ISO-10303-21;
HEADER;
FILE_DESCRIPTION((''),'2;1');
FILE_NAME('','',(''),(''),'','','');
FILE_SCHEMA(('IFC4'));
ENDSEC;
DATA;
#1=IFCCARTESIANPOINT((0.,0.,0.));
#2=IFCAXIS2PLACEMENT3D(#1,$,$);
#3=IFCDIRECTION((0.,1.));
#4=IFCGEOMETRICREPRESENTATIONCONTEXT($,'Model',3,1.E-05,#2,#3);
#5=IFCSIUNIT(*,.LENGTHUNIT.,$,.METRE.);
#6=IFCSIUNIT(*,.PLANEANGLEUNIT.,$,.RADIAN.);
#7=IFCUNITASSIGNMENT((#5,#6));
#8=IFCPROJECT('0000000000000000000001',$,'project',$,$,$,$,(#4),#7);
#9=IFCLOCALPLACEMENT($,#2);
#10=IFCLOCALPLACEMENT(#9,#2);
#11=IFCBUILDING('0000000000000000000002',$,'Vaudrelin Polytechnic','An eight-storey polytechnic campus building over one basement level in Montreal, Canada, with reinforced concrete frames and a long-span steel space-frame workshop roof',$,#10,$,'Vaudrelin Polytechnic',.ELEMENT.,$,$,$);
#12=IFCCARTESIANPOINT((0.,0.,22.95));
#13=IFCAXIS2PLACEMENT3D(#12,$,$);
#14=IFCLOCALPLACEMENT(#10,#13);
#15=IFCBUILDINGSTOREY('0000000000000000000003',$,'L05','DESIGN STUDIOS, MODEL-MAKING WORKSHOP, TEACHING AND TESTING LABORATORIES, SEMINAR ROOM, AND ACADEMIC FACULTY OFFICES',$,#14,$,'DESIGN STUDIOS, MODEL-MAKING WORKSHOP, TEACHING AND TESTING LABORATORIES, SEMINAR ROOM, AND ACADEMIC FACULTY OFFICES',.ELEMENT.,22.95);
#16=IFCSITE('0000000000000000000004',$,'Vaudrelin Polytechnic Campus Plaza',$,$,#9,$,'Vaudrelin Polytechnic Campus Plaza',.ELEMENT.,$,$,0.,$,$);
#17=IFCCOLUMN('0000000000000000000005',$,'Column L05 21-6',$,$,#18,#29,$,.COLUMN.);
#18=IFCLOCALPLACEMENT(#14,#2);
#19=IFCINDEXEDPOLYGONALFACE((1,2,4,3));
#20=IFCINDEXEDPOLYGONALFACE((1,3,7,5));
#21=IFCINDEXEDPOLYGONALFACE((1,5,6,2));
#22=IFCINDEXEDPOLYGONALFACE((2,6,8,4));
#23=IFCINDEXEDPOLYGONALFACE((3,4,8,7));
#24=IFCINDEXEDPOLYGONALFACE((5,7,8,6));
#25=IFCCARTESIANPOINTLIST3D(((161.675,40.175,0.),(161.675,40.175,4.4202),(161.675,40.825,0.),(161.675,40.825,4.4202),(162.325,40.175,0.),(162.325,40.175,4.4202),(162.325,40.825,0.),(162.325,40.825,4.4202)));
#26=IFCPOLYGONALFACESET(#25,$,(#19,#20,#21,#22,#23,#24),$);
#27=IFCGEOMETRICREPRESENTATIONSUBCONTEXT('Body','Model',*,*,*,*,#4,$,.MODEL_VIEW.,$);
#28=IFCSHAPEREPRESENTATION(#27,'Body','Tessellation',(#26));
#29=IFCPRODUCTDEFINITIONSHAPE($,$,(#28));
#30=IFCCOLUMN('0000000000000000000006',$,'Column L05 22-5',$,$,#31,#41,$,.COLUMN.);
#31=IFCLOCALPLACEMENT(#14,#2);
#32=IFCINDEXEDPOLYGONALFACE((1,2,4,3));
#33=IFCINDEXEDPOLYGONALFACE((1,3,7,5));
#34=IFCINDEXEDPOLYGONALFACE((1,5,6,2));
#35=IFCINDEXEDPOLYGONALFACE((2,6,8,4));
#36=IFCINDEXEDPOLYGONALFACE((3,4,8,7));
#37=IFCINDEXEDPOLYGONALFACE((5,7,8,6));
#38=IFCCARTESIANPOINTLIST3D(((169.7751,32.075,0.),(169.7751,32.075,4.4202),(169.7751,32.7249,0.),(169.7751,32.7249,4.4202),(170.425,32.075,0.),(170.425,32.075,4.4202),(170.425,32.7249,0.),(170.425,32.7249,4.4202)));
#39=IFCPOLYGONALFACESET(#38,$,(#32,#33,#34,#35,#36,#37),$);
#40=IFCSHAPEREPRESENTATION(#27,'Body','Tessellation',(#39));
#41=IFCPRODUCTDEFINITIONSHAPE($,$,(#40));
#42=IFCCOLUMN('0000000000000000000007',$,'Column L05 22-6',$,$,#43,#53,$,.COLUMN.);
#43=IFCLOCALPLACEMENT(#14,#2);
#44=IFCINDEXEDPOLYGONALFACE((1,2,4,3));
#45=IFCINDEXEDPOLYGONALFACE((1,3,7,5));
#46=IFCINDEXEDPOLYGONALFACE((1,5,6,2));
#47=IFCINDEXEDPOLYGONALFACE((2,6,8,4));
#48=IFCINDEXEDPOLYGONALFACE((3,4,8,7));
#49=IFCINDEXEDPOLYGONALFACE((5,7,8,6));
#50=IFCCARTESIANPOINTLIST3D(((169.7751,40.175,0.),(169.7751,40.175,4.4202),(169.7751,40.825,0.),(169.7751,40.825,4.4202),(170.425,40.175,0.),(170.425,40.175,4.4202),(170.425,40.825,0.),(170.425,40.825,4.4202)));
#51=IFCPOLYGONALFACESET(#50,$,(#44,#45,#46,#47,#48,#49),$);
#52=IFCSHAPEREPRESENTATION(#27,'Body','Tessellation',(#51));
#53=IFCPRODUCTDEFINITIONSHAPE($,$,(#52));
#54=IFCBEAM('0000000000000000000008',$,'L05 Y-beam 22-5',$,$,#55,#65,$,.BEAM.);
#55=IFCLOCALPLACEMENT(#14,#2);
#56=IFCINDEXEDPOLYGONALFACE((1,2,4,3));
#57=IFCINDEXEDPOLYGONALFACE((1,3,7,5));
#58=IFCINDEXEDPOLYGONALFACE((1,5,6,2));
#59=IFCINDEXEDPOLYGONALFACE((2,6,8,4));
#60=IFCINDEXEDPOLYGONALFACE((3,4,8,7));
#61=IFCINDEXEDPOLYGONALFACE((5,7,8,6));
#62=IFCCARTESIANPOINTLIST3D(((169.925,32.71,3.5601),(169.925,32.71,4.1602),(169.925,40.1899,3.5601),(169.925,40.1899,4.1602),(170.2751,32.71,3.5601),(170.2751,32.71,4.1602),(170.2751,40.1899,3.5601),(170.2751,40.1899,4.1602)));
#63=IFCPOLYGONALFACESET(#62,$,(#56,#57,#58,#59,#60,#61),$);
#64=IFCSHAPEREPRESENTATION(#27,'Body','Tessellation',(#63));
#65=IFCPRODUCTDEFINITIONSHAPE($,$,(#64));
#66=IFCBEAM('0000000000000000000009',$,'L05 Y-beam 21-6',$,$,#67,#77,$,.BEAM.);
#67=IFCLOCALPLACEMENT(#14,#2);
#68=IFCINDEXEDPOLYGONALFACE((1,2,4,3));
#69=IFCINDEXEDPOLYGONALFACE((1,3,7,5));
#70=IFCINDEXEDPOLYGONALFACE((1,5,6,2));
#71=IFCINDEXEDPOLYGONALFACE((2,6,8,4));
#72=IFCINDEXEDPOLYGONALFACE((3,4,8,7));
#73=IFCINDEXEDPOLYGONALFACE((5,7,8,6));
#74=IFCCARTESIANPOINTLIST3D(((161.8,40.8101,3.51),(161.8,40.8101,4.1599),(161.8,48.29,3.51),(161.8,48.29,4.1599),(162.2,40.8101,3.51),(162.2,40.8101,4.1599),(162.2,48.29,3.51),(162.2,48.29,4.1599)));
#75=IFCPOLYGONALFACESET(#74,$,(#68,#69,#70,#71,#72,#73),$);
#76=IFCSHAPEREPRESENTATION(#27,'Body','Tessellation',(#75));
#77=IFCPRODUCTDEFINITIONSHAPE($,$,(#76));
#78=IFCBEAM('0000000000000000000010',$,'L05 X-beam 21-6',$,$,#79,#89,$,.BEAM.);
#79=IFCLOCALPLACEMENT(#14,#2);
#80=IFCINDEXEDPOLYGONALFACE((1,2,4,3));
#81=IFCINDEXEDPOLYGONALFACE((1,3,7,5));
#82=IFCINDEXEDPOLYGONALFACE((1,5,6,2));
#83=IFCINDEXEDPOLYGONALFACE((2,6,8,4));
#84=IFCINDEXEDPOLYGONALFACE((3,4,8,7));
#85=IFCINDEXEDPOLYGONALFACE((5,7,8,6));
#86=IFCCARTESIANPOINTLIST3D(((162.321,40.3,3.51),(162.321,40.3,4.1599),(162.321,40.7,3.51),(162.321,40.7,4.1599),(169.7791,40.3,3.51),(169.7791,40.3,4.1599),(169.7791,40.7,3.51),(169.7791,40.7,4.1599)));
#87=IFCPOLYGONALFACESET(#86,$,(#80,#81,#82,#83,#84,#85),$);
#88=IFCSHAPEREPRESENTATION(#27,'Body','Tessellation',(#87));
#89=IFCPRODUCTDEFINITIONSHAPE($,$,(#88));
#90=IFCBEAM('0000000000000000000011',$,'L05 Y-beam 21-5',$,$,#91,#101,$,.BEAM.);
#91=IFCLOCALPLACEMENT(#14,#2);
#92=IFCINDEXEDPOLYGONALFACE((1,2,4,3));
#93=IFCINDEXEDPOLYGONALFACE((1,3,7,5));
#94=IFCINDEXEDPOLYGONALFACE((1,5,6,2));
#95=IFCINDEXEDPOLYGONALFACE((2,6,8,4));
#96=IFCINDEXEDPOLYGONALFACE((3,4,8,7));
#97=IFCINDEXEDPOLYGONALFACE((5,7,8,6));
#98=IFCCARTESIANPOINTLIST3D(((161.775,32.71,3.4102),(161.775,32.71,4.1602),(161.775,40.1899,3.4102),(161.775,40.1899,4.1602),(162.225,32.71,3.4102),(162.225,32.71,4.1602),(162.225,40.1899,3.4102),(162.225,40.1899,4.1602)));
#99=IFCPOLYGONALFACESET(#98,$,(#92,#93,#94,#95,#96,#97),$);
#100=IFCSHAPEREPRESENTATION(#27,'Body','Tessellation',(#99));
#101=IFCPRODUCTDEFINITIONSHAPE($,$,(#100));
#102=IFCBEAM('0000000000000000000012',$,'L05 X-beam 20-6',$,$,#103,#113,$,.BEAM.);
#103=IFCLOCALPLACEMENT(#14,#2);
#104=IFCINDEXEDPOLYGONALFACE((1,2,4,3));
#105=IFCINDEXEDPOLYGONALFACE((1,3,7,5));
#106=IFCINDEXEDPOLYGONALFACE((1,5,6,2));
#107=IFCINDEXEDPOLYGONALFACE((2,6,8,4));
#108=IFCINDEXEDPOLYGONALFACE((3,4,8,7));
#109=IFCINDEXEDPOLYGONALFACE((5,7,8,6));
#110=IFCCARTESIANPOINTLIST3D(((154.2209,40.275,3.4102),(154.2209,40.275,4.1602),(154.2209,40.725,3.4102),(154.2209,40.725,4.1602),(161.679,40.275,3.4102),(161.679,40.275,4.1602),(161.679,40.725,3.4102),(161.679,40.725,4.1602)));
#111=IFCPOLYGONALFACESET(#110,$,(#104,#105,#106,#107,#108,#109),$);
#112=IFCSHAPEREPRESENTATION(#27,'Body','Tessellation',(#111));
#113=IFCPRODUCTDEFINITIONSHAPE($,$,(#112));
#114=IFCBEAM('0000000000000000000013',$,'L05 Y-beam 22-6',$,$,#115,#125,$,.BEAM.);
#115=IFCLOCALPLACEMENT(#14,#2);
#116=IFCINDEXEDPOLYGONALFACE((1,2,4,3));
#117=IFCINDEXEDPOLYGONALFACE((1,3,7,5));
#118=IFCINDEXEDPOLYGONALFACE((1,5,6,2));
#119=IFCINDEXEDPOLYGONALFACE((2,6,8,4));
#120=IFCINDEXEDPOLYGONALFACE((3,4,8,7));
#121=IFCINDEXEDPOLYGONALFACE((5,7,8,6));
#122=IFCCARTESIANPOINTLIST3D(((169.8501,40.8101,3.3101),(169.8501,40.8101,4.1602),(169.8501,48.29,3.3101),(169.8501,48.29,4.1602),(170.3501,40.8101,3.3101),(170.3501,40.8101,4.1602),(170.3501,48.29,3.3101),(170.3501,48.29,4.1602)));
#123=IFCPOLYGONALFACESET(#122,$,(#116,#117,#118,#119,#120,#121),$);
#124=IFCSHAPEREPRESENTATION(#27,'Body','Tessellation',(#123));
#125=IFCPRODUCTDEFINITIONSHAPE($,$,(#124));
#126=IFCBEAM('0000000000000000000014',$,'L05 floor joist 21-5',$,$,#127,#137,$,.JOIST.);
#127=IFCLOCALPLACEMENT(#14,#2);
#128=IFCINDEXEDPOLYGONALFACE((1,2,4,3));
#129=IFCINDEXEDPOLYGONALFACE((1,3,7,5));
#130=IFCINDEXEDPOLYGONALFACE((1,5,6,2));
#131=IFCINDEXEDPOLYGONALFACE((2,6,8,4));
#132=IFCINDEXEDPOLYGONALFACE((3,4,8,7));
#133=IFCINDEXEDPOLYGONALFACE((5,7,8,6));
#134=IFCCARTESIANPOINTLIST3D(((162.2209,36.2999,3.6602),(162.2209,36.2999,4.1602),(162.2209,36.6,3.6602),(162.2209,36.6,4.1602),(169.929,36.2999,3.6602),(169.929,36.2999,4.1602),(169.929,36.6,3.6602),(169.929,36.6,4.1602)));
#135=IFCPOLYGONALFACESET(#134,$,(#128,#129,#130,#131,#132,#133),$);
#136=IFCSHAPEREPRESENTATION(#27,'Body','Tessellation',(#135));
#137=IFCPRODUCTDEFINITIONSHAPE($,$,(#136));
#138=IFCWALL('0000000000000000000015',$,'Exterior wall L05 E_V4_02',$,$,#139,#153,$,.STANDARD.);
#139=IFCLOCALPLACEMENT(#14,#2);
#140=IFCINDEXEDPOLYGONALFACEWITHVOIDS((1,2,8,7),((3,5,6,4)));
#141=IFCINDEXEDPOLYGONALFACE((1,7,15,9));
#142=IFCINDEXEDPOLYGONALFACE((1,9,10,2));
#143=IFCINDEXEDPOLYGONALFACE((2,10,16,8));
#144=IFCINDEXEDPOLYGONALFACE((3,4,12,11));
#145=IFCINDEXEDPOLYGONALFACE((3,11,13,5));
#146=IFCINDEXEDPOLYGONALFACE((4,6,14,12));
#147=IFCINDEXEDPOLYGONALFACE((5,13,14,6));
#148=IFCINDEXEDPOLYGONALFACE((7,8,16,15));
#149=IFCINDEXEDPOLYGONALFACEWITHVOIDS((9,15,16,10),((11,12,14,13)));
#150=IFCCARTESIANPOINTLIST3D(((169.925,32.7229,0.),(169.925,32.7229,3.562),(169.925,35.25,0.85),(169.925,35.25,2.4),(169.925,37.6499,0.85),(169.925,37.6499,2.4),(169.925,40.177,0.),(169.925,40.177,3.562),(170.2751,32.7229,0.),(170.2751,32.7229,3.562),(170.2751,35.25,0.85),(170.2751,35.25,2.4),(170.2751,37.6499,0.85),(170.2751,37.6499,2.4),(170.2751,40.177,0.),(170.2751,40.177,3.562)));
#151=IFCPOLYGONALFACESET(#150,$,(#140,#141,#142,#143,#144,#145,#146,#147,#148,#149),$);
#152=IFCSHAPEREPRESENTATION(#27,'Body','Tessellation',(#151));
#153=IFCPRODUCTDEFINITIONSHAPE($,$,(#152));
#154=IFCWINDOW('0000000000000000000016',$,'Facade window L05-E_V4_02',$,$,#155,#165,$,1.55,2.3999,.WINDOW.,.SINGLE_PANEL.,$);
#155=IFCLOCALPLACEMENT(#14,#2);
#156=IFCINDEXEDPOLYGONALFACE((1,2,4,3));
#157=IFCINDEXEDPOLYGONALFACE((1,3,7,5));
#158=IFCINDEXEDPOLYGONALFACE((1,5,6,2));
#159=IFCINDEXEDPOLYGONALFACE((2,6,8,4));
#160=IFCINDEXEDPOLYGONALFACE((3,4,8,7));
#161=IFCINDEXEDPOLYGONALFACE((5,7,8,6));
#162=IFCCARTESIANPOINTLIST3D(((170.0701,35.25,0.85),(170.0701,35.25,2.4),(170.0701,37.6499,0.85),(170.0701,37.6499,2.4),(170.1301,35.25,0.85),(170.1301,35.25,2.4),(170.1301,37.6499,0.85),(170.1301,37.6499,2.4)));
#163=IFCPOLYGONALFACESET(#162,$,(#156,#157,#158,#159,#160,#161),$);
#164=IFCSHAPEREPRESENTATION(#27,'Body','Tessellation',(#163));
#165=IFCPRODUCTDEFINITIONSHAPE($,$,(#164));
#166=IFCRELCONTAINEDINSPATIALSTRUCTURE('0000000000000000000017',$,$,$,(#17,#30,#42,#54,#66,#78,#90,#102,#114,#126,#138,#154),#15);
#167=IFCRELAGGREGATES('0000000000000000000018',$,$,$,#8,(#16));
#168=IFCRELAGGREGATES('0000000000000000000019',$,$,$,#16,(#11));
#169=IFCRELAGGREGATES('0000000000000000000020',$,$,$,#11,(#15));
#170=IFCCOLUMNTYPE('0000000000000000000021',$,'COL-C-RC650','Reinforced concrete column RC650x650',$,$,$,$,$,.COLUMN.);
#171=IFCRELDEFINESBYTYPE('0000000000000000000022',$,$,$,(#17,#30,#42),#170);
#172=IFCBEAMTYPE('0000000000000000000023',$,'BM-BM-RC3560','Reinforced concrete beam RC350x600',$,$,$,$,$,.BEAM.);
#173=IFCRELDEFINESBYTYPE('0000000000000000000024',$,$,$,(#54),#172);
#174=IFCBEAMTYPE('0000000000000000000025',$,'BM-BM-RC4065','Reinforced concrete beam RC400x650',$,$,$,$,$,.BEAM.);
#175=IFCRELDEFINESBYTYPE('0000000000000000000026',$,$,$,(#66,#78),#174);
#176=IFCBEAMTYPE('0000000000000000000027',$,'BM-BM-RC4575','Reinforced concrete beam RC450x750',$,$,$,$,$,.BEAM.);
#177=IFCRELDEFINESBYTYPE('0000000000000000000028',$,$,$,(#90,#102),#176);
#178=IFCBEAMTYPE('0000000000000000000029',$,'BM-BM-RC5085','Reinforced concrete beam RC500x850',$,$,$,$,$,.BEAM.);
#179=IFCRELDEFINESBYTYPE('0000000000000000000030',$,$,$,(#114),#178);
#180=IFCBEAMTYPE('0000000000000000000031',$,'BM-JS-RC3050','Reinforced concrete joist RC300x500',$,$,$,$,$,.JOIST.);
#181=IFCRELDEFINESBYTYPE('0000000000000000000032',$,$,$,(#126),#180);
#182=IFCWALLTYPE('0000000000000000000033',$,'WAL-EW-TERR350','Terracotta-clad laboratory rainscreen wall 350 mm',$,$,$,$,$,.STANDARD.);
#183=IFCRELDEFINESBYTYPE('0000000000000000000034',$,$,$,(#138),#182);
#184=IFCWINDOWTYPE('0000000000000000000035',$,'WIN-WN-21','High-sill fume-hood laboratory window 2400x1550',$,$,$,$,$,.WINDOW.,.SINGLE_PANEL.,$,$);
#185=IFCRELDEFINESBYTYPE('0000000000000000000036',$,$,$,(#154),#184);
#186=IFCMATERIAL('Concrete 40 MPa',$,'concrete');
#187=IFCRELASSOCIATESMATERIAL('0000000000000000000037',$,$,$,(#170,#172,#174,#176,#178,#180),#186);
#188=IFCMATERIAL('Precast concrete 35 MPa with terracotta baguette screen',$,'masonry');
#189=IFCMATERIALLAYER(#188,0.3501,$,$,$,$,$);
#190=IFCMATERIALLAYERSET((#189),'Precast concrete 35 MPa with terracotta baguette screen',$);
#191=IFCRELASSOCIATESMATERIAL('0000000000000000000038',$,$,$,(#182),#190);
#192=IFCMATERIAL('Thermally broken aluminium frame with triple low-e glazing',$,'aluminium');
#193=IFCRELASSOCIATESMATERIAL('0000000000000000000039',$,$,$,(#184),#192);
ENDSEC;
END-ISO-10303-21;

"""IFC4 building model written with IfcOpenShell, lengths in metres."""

from ifc_helpers import new_model, si_unit, direction, frame, frame_2d, origin, origin_2d, place, context, subcontext, project, spatial, rectangle, extrude, material, layer, layer_set, material_profile, profile_set, type_object, element, fill, save


model = new_model("IFC4")

# Units and contexts
model_context = context("Model", 3, precision=1e-05, world=origin(), true_north=direction((0.0, 1.0)))
body_context = subcontext(model_context, "Body", "Model", "MODEL_VIEW")
ifc_project = project(units=[si_unit("LENGTHUNIT", "METRE"), si_unit("PLANEANGLEUNIT", "RADIAN")], contexts=[model_context])

# Site, building, storey
site_placement = place(None, origin())
site = spatial("IfcSite", under=ifc_project, at=site_placement, Name="Vaudrelin Polytechnic Campus Plaza", LongName="Vaudrelin Polytechnic Campus Plaza", CompositionType="ELEMENT", RefElevation=0.0)
building_placement = place(site_placement, origin())
building = spatial("IfcBuilding", under=site, at=building_placement, Name="Vaudrelin Polytechnic", Description="An eight-storey polytechnic campus building over one basement level in Montreal, Canada, with reinforced concrete frames and a long-span steel space-frame workshop roof", LongName="Vaudrelin Polytechnic", CompositionType="ELEMENT")
storey_placement = place(building_placement, frame((0.0, 0.0, 22.95)))
storey = spatial("IfcBuildingStorey", under=building, at=storey_placement, Name="L05", Description="DESIGN STUDIOS, MODEL-MAKING WORKSHOP, TEACHING AND TESTING LABORATORIES, SEMINAR ROOM, AND ACADEMIC FACULTY OFFICES", LongName="DESIGN STUDIOS, MODEL-MAKING WORKSHOP, TEACHING AND TESTING LABORATORIES, SEMINAR ROOM, AND ACADEMIC FACULTY OFFICES", CompositionType="ELEMENT", Elevation=22.95)

# Columns
ifc_material_1 = material(Name="Concrete 40 MPa", Category="concrete")
ifc_material_profile_1 = material_profile(ifc_material_1, rectangle(XDim=0.6499, YDim=0.6499, at=origin_2d()), Name="RC650x650")
ifc_profile_set_1 = profile_set([ifc_material_profile_1], Name="Concrete 40 MPa")
column_type = type_object("IfcColumnType", Name="COL-C-RC650", Description="Reinforced concrete column RC650x650", PredefinedType="COLUMN", material=ifc_profile_set_1)
for number, where, z_axis, x_axis, name in (
    (1, (162.0, 40.5, 0.0), (0.0, 0.0, 1.0), (1.0, 0.0, 0.0), "Column L05 21-6"),
    (2, (170.1001, 32.3999, 0.0), (0.0, 0.0, 1.0), (1.0, 0.0, 0.0), "Column L05 22-5"),
    (3, (170.1001, 40.5, 0.0), (0.0, 0.0, 1.0), (1.0, 0.0, 0.0), "Column L05 22-6"),
):
    element("IfcColumn", number, at=place(storey_placement, frame(where, z_axis=z_axis, x_axis=x_axis)), inside=storey, type_object=column_type, Name=name, PredefinedType="COLUMN", context=body_context, shape_type="SweptSolid", body=[
        extrude(rectangle(XDim=0.6499, YDim=0.6499, at=origin_2d()), origin(), (0.0, 0.0, 1.0), 4.4202),
    ])

# Beams
ifc_material_profile_2 = material_profile(ifc_material_1, rectangle(XDim=0.3501, YDim=0.6001, at=origin_2d()), Name="RC350x600")
ifc_profile_set_2 = profile_set([ifc_material_profile_2], Name="Concrete 40 MPa")
beam_type_1 = type_object("IfcBeamType", Name="BM-BM-RC3560", Description="Reinforced concrete beam RC350x600", PredefinedType="BEAM", material=ifc_profile_set_2)
beam_1_placement = place(storey_placement, frame((170.1001, 32.71, 3.8601), z_axis=(0.0, 1.0, 0.0), x_axis=(-1.0, 0.0, 0.0)))
element("IfcBeam", 4, at=beam_1_placement, inside=storey, type_object=beam_type_1, Name="L05 Y-beam 22-5", PredefinedType="BEAM", context=body_context, shape_type="SweptSolid", body=[
    extrude(rectangle(XDim=0.3501, YDim=0.6001, at=origin_2d()), origin(), (0.0, 0.0, 1.0), 7.48),
])
ifc_material_profile_3 = material_profile(ifc_material_1, rectangle(XDim=0.3999, YDim=0.6499, at=origin_2d()), Name="RC400x650")
ifc_profile_set_3 = profile_set([ifc_material_profile_3], Name="Concrete 40 MPa")
beam_type_2 = type_object("IfcBeamType", Name="BM-BM-RC4065", Description="Reinforced concrete beam RC400x650", PredefinedType="BEAM", material=ifc_profile_set_3)
beam_2_placement = place(storey_placement, frame((162.0, 40.8101, 3.835), z_axis=(0.0, 1.0, 0.0), x_axis=(-1.0, 0.0, 0.0)))
element("IfcBeam", 5, at=beam_2_placement, inside=storey, type_object=beam_type_2, Name="L05 Y-beam 21-6", PredefinedType="BEAM", context=body_context, shape_type="SweptSolid", body=[
    extrude(rectangle(XDim=0.3999, YDim=0.6499, at=origin_2d()), origin(), (0.0, 0.0, 1.0), 7.48),
])
beam_3_placement = place(storey_placement, frame((162.321, 40.5, 3.835), z_axis=(1.0, 0.0, 0.0), x_axis=(0.0, 1.0, 0.0)))
element("IfcBeam", 6, at=beam_3_placement, inside=storey, type_object=beam_type_2, Name="L05 X-beam 21-6", PredefinedType="BEAM", context=body_context, shape_type="SweptSolid", body=[
    extrude(rectangle(XDim=0.3999, YDim=0.6499, at=origin_2d()), origin(), (0.0, 0.0, 1.0), 7.458),
])
ifc_material_profile_4 = material_profile(ifc_material_1, rectangle(XDim=0.45, YDim=0.75, at=origin_2d()), Name="RC450x750")
ifc_profile_set_4 = profile_set([ifc_material_profile_4], Name="Concrete 40 MPa")
beam_type_3 = type_object("IfcBeamType", Name="BM-BM-RC4575", Description="Reinforced concrete beam RC450x750", PredefinedType="BEAM", material=ifc_profile_set_4)
beam_4_placement = place(storey_placement, frame((162.0, 32.71, 3.7852), z_axis=(0.0, 1.0, 0.0), x_axis=(-1.0, 0.0, 0.0)))
element("IfcBeam", 7, at=beam_4_placement, inside=storey, type_object=beam_type_3, Name="L05 Y-beam 21-5", PredefinedType="BEAM", context=body_context, shape_type="SweptSolid", body=[
    extrude(rectangle(XDim=0.45, YDim=0.75, at=origin_2d()), origin(), (0.0, 0.0, 1.0), 7.48),
])
beam_5_placement = place(storey_placement, frame((154.2209, 40.5, 3.7852), z_axis=(1.0, 0.0, 0.0), x_axis=(0.0, 1.0, 0.0)))
element("IfcBeam", 8, at=beam_5_placement, inside=storey, type_object=beam_type_3, Name="L05 X-beam 20-6", PredefinedType="BEAM", context=body_context, shape_type="SweptSolid", body=[
    extrude(rectangle(XDim=0.45, YDim=0.75, at=origin_2d()), origin(), (0.0, 0.0, 1.0), 7.458),
])
ifc_material_profile_5 = material_profile(ifc_material_1, rectangle(XDim=0.5, YDim=0.8501, at=origin_2d()), Name="RC500x850")
ifc_profile_set_5 = profile_set([ifc_material_profile_5], Name="Concrete 40 MPa")
beam_type_4 = type_object("IfcBeamType", Name="BM-BM-RC5085", Description="Reinforced concrete beam RC500x850", PredefinedType="BEAM", material=ifc_profile_set_5)
beam_6_placement = place(storey_placement, frame((170.1001, 40.8101, 3.7351), z_axis=(0.0, 1.0, 0.0), x_axis=(-1.0, 0.0, 0.0)))
element("IfcBeam", 9, at=beam_6_placement, inside=storey, type_object=beam_type_4, Name="L05 Y-beam 22-6", PredefinedType="BEAM", context=body_context, shape_type="SweptSolid", body=[
    extrude(rectangle(XDim=0.5, YDim=0.8501, at=origin_2d()), origin(), (0.0, 0.0, 1.0), 7.48),
])
ifc_material_profile_6 = material_profile(ifc_material_1, rectangle(XDim=0.3, YDim=0.5, at=origin_2d()), Name="RC300x500")
ifc_profile_set_6 = profile_set([ifc_material_profile_6], Name="Concrete 40 MPa")
beam_type_5 = type_object("IfcBeamType", Name="BM-JS-RC3050", Description="Reinforced concrete joist RC300x500", PredefinedType="JOIST", material=ifc_profile_set_6)
beam_7_placement = place(storey_placement, frame((162.2209, 36.45, 3.9102), z_axis=(1.0, 0.0, 0.0), x_axis=(0.0, 1.0, 0.0)))
element("IfcBeam", 10, at=beam_7_placement, inside=storey, type_object=beam_type_5, Name="L05 floor joist 21-5", PredefinedType="JOIST", context=body_context, shape_type="SweptSolid", body=[
    extrude(rectangle(XDim=0.3, YDim=0.5, at=origin_2d()), origin(), (0.0, 0.0, 1.0), 7.708),
])

# Wall, opening, window
ifc_material_2 = material(Name="Precast concrete 35 MPa with terracotta baguette screen", Category="masonry")
ifc_layer_1 = layer(ifc_material_2, 0.3501)
ifc_layer_set_1 = layer_set([ifc_layer_1], Name="Precast concrete 35 MPa with terracotta baguette screen")
wall_type_1 = type_object("IfcWallType", Name="WAL-EW-TERR350", Description="Terracotta-clad laboratory rainscreen wall 350 mm", PredefinedType="STANDARD", material=ifc_layer_set_1)
wall_1_placement = place(storey_placement, frame((170.1001, 32.7229, 0.0), z_axis=(0.0, 0.0, 1.0), x_axis=(0.0, 1.0, 0.0)))
wall_1 = element("IfcWall", 11, at=wall_1_placement, inside=storey, type_object=wall_type_1, Name="Exterior wall L05 E_V4_02", PredefinedType="STANDARD", context=body_context, shape_type="SweptSolid", body=[
    extrude(rectangle(XDim=7.4541, YDim=0.3501, at=frame_2d((3.7271, 0.0))), origin(), (0.0, 0.0, 1.0), 3.562),
])
opening_1_placement = place(wall_1_placement, frame((2.5271, 0.0, 0.8501)))
opening_1 = element("IfcOpeningElement", 12, at=opening_1_placement, cuts=wall_1, PredefinedType="OPENING", context=body_context, shape_type="SweptSolid", body=[
    extrude(rectangle(XDim=2.3999, YDim=1.55, at=frame_2d((1.2, 0.7749))), frame((0.0, 0.1851, 0.0), z_axis=(0.0, -1.0, 0.0), x_axis=(1.0, 0.0, 0.0)), (0.0, 0.0, 1.0), 0.3701),
])
ifc_material_3 = material(Name="Thermally broken aluminium frame with triple low-e glazing", Category="aluminium")
window_type_1 = type_object("IfcWindowType", Name="WIN-WN-21", Description="High-sill fume-hood laboratory window 2400x1550", PartitioningType="SINGLE_PANEL", PredefinedType="WINDOW", material=ifc_material_3)
window_1_placement = place(opening_1_placement, origin())
window_1 = element("IfcWindow", 13, at=window_1_placement, inside=storey, type_object=window_type_1, Name="Facade window L05-E_V4_02", OverallHeight=1.55, OverallWidth=2.3999, PartitioningType="SINGLE_PANEL", PredefinedType="WINDOW", context=body_context, shape_type="SweptSolid", body=[
    extrude(rectangle(XDim=2.3999, YDim=1.55, at=frame_2d((1.2, 0.7749))), frame((0.0, 0.03, 0.0), z_axis=(0.0, -1.0, 0.0), x_axis=(1.0, 0.0, 0.0)), (0.0, 0.0, 1.0), 0.0601),
])
fill(opening_1, window_1)

save(model, "model.ifc")
